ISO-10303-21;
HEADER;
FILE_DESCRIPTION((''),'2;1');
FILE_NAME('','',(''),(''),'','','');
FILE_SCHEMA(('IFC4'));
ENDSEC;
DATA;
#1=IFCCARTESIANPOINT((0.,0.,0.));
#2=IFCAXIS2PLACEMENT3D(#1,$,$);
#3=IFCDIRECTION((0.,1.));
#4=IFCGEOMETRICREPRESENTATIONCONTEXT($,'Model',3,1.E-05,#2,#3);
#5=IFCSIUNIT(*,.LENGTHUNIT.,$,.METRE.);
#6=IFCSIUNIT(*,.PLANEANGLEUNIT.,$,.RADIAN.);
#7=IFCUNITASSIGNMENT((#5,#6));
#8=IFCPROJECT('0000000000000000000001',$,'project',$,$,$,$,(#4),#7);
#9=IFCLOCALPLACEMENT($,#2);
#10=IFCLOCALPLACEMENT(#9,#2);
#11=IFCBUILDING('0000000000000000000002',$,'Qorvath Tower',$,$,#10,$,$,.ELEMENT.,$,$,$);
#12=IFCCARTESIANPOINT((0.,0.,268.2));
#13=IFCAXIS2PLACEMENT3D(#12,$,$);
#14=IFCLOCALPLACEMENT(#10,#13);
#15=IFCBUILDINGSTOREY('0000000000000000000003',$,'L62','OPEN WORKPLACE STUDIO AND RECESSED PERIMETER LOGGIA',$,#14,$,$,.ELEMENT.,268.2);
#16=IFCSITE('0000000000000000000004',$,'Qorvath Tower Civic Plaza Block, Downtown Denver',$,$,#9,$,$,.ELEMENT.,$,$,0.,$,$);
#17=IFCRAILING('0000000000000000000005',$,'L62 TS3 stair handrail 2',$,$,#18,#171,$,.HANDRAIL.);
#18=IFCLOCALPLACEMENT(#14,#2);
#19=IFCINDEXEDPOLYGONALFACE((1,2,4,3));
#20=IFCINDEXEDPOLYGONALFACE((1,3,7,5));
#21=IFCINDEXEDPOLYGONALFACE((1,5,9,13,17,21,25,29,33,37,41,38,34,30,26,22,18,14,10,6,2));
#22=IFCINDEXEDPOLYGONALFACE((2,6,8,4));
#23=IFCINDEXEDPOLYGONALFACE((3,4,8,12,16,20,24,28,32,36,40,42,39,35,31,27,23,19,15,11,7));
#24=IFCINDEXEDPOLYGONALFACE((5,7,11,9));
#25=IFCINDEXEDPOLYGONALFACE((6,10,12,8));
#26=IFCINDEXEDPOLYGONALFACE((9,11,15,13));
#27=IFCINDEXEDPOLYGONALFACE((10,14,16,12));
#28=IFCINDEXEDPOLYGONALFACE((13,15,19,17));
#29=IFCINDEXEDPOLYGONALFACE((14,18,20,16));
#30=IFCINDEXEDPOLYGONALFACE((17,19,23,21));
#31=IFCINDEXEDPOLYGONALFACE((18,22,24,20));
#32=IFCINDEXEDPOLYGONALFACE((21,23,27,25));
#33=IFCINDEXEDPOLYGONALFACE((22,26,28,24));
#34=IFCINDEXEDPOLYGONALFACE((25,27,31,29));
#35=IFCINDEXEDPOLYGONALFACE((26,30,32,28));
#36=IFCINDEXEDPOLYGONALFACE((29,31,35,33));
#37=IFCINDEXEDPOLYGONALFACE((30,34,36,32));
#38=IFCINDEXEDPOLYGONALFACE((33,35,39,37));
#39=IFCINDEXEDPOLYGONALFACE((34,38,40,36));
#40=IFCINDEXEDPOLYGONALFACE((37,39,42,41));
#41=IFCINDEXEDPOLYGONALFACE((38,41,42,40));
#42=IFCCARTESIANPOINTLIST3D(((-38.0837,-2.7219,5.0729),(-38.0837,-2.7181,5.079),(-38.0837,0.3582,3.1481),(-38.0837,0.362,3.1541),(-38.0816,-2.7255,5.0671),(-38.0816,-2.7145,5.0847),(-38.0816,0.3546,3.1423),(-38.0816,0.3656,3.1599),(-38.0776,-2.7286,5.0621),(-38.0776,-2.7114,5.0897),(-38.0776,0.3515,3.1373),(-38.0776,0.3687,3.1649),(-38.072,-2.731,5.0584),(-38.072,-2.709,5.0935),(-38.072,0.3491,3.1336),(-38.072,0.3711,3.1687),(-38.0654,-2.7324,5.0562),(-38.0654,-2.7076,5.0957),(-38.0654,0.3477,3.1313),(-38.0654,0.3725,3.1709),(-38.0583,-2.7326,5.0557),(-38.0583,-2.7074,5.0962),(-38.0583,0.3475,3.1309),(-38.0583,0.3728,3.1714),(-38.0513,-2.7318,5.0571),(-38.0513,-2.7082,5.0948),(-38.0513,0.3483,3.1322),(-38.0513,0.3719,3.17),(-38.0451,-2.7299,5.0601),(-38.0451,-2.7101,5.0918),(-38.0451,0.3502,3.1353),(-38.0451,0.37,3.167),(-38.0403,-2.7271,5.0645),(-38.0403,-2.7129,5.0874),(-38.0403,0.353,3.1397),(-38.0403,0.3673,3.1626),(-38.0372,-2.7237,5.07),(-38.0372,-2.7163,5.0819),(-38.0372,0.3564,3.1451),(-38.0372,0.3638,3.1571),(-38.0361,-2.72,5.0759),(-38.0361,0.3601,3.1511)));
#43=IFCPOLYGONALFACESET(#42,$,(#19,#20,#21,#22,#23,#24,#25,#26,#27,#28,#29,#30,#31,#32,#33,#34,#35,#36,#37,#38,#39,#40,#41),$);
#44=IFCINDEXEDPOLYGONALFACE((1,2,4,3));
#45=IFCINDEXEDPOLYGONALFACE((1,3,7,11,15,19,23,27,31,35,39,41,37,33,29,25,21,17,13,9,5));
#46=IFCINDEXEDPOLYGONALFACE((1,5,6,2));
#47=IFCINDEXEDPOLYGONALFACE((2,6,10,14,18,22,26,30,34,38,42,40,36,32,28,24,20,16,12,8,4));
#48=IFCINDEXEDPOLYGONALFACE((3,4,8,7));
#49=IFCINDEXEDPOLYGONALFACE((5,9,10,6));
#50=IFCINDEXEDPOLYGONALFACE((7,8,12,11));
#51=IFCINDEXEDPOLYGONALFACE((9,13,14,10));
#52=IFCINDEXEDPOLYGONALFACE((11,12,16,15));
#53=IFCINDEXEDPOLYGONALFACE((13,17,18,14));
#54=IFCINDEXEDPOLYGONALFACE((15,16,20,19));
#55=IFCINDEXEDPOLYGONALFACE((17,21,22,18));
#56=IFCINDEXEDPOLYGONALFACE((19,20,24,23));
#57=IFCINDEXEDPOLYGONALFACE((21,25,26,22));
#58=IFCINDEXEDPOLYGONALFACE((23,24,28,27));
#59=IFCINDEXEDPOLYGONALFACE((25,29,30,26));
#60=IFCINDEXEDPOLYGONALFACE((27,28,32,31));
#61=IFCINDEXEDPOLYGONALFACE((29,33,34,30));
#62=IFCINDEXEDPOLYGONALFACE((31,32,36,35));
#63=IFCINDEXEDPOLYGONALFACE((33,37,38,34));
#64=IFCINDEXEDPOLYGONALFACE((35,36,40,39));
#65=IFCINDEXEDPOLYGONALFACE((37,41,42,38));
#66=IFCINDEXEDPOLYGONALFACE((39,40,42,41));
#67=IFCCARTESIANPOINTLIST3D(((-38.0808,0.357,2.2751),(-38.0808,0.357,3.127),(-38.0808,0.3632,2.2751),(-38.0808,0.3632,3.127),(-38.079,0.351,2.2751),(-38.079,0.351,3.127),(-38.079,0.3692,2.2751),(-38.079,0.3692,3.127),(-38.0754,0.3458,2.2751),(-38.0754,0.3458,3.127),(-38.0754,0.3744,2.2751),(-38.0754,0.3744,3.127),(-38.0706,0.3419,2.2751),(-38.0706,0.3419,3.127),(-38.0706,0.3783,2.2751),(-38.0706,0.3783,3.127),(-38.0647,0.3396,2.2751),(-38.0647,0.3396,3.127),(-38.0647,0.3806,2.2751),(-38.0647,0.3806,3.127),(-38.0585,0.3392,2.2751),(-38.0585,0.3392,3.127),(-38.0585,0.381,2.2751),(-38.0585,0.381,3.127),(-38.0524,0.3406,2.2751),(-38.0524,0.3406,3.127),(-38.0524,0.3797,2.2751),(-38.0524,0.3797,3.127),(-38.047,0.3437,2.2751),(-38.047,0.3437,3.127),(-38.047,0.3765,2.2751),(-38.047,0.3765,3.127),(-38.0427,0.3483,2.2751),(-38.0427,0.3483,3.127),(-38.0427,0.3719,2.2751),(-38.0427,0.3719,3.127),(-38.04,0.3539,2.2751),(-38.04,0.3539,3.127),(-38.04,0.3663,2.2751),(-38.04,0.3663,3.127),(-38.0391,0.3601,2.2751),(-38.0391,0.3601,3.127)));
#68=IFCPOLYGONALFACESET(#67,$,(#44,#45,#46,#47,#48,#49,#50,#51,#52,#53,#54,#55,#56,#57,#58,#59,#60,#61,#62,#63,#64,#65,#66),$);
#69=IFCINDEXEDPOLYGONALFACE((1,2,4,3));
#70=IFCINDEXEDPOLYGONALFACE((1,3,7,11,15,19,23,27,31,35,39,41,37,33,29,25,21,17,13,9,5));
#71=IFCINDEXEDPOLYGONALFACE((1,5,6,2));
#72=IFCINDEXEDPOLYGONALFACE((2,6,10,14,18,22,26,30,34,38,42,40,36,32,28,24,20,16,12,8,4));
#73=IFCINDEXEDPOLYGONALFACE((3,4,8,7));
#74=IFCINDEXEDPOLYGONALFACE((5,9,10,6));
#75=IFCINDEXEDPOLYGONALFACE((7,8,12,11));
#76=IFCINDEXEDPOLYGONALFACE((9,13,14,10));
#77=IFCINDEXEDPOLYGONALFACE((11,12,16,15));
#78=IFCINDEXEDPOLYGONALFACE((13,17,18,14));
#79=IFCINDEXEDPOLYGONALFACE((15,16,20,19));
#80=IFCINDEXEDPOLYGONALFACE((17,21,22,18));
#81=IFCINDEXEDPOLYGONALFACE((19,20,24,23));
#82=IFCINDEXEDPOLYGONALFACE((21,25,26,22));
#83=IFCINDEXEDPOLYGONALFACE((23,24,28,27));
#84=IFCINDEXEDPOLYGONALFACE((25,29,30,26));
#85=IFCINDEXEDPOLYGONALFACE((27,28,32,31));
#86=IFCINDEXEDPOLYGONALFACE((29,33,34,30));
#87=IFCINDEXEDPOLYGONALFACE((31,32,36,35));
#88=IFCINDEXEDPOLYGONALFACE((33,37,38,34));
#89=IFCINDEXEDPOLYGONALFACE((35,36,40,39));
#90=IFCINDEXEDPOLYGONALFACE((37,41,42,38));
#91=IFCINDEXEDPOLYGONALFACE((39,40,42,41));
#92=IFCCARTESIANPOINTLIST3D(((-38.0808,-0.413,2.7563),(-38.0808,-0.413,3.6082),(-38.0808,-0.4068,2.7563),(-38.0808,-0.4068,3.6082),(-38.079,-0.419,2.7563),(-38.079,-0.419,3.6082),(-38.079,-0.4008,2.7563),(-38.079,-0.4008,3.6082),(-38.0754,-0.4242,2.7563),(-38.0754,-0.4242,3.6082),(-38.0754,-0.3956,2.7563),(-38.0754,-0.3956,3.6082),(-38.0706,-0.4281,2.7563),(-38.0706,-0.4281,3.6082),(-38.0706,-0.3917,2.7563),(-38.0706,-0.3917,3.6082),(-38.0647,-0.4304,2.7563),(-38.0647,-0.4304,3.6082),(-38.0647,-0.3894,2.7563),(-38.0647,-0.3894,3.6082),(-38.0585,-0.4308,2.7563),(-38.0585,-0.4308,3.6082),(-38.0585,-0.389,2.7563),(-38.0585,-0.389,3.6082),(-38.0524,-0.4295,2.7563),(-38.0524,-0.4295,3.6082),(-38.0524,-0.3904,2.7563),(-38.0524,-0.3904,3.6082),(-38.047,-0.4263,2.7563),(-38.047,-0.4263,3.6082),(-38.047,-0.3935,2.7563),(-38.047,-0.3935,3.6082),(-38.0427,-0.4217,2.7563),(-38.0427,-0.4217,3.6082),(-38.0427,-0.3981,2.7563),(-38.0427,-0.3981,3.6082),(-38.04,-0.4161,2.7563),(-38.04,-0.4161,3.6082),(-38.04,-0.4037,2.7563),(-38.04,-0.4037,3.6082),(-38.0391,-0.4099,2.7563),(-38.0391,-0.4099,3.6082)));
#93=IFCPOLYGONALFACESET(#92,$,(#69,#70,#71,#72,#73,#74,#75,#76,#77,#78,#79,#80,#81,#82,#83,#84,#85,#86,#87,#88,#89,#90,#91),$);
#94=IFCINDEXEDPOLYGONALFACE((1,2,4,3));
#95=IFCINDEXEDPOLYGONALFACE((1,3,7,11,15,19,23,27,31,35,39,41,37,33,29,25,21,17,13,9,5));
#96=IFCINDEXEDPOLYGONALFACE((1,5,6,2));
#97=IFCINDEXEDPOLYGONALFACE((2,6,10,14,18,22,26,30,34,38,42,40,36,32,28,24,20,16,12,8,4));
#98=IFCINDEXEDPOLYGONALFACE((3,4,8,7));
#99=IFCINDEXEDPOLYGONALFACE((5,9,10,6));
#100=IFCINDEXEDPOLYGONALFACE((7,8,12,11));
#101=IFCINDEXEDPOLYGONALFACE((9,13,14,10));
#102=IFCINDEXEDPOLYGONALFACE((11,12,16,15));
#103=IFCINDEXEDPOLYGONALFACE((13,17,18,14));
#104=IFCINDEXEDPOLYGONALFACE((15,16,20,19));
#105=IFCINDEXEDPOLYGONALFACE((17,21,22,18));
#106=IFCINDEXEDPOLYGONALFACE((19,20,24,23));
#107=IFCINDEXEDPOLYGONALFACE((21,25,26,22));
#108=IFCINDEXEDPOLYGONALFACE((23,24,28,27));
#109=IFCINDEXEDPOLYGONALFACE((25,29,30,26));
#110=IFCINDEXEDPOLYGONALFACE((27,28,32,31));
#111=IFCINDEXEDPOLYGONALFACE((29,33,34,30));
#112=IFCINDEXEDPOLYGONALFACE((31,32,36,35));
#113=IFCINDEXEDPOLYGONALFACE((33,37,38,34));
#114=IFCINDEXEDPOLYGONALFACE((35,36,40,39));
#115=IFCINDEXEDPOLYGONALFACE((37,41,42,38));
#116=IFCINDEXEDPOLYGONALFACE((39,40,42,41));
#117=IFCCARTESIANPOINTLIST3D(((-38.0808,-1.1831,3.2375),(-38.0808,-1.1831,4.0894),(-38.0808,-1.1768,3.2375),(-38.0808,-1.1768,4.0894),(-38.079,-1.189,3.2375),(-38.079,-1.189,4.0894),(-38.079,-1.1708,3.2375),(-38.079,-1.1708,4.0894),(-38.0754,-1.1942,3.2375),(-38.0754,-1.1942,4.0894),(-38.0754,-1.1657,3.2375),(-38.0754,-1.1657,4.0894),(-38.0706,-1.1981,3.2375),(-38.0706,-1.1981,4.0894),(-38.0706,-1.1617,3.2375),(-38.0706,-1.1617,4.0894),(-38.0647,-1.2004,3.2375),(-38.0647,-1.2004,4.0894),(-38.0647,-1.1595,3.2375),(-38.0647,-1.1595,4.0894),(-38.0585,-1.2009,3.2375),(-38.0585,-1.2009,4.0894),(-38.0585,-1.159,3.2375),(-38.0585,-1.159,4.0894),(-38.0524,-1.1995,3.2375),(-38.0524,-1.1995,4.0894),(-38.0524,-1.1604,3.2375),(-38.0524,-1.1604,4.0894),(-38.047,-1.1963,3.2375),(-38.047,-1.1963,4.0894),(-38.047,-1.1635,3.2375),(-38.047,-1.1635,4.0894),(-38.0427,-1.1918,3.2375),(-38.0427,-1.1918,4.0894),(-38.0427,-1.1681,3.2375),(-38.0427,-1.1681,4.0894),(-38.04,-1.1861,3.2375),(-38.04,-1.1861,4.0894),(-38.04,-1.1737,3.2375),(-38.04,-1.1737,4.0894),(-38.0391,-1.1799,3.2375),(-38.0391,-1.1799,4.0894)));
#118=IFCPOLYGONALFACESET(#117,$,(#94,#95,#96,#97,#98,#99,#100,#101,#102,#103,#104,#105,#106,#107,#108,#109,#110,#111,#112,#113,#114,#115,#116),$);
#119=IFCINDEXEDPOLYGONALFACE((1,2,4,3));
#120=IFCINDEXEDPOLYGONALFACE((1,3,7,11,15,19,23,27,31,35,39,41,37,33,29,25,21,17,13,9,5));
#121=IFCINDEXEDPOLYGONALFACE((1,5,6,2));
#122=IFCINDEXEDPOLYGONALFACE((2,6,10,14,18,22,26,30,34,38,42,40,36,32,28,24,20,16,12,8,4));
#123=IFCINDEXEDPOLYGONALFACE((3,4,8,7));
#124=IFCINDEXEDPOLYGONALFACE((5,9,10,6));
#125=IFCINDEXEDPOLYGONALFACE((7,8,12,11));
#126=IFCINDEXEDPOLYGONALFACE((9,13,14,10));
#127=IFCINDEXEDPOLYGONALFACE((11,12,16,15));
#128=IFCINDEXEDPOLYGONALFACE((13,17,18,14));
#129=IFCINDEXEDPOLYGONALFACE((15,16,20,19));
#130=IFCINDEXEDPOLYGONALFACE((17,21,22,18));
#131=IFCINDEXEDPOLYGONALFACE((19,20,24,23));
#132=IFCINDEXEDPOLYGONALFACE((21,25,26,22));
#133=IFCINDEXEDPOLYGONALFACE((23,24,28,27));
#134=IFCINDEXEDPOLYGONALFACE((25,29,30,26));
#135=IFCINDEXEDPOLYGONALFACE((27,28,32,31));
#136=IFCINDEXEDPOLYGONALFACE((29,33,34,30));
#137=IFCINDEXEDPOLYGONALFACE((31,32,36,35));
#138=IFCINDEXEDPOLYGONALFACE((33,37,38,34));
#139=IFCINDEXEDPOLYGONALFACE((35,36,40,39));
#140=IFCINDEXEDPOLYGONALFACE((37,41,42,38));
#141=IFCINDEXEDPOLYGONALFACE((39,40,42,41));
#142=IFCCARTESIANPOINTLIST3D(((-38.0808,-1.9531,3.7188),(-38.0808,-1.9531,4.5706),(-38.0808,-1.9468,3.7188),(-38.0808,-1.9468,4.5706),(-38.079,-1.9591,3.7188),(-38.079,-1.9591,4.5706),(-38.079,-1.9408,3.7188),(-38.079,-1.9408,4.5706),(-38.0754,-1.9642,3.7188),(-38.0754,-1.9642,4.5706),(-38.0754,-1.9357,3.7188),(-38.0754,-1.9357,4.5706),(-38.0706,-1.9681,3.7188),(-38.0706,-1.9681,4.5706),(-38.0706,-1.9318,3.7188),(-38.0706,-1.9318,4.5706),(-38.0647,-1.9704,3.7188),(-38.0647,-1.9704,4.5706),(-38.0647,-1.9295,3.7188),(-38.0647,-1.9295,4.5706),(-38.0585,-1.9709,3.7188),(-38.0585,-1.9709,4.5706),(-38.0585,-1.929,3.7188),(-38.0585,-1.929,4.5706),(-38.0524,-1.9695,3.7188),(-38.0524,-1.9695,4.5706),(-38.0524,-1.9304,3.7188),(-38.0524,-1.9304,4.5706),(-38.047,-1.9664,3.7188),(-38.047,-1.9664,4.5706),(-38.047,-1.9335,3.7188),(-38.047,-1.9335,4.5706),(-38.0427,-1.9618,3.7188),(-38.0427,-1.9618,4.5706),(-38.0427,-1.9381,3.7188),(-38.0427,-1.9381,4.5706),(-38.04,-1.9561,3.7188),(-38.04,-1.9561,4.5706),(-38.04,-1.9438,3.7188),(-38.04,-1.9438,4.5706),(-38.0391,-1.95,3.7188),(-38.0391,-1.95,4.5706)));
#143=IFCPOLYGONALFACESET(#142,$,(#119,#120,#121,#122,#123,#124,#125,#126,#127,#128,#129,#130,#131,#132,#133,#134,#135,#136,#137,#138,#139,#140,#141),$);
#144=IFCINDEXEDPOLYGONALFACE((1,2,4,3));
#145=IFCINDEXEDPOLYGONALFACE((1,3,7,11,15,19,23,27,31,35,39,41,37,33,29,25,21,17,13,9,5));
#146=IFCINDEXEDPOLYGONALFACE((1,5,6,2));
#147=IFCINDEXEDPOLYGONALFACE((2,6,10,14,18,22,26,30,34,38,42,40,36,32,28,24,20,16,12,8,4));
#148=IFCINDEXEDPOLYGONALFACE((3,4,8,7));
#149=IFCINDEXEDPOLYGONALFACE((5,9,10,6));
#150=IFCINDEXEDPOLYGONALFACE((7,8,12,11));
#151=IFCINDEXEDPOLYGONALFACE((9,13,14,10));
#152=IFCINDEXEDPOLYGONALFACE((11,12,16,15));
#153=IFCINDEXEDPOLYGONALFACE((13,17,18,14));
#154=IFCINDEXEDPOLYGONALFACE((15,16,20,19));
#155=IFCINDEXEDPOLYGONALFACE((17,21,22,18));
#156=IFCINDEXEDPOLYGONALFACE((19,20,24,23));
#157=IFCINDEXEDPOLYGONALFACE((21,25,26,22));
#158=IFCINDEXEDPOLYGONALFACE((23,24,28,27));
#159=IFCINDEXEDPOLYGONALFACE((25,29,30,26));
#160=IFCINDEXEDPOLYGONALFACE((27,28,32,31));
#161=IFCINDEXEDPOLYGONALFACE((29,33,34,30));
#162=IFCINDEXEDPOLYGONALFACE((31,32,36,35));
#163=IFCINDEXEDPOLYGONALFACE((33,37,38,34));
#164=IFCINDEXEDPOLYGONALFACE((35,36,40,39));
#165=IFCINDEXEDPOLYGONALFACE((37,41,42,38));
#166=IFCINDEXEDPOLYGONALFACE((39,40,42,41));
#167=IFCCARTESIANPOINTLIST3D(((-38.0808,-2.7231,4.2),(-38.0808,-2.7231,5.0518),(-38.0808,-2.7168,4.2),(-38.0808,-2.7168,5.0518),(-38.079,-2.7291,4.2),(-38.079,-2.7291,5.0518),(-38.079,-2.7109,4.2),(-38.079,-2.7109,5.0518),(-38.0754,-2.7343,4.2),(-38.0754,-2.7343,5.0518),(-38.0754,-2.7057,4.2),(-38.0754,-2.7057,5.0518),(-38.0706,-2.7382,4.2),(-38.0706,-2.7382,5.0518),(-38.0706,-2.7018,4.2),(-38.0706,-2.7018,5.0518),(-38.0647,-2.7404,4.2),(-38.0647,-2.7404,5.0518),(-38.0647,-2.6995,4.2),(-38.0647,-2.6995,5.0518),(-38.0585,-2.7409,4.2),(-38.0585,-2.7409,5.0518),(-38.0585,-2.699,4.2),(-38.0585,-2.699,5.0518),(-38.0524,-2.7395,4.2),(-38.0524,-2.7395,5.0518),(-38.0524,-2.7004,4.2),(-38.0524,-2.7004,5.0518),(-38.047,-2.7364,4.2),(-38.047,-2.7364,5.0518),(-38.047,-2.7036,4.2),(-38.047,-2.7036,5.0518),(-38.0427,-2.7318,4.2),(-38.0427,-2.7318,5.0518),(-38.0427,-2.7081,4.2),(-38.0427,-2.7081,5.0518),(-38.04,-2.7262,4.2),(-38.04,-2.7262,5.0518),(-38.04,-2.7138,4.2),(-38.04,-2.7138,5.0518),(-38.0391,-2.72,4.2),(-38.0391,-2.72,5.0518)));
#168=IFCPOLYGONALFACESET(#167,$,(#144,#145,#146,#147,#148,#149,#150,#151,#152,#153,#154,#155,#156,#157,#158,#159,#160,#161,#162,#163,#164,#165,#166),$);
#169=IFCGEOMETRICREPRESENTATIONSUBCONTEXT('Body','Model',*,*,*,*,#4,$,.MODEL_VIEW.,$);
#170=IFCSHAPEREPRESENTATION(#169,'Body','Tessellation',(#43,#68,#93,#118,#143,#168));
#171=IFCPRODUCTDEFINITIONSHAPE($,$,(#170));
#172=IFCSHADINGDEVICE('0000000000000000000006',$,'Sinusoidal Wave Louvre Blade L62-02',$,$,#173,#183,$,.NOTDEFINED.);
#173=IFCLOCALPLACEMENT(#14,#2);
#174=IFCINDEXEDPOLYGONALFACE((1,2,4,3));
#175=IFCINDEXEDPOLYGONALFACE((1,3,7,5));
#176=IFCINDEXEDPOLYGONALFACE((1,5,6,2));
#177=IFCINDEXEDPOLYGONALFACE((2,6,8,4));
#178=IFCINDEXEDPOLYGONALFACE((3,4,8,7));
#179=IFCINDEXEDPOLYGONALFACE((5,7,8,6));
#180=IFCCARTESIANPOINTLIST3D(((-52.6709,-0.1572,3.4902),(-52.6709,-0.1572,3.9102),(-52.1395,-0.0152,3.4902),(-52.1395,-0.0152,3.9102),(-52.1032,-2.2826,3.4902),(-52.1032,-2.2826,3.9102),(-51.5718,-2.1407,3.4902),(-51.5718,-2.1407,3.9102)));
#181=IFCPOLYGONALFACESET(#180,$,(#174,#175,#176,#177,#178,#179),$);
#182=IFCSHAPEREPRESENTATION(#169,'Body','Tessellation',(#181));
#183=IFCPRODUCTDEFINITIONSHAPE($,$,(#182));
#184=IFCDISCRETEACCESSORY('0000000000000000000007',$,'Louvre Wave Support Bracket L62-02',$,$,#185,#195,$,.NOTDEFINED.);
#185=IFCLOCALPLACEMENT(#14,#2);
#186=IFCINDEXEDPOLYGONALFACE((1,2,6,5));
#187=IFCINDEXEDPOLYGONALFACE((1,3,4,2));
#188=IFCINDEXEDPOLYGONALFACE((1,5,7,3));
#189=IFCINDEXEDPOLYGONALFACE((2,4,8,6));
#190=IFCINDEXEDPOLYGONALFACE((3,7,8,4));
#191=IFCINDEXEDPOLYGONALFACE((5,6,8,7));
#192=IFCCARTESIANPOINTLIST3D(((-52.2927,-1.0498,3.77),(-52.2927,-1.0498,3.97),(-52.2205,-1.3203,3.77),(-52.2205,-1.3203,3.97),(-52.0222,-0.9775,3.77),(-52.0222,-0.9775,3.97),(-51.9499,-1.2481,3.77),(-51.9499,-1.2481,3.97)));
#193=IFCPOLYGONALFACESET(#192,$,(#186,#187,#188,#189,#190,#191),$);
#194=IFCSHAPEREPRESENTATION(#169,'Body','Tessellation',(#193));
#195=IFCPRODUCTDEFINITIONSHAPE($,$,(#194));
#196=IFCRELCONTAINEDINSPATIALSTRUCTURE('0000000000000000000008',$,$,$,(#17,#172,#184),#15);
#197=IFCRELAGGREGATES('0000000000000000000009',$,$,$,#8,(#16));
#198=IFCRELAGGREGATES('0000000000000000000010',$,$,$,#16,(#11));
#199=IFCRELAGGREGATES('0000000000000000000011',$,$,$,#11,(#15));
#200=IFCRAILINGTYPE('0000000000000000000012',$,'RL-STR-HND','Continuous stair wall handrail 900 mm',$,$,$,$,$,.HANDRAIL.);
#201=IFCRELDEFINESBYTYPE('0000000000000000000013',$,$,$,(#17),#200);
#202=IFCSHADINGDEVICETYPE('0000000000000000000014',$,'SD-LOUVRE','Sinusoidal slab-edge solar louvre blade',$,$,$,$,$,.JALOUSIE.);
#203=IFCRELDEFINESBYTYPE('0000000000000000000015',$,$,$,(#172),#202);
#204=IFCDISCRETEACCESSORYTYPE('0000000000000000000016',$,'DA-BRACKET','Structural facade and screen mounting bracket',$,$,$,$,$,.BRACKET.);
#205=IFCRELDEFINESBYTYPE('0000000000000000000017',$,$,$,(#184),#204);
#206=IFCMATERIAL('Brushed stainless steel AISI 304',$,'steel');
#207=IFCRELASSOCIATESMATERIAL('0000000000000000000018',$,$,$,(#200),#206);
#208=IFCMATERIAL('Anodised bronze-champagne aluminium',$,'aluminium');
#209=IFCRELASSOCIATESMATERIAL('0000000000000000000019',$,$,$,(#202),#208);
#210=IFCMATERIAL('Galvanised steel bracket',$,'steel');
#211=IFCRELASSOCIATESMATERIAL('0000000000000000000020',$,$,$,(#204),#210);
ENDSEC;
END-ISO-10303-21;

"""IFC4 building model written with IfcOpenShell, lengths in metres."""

from ifc_helpers import new_model, si_unit, direction, frame, origin, origin_2d, place, context, subcontext, project, spatial, rectangle, circle, extrude, material, type_object, element, save


model = new_model("IFC4")

# Units and contexts
model_context = context("Model", 3, precision=1e-05, world=origin(), true_north=direction((0.0, 1.0)))
body_context = subcontext(model_context, "Body", "Model", "MODEL_VIEW")
ifc_project = project(units=[si_unit("LENGTHUNIT", "METRE"), si_unit("PLANEANGLEUNIT", "RADIAN")], contexts=[model_context])

# Site, building, storey
site_placement = place(None, origin())
site = spatial("IfcSite", under=ifc_project, at=site_placement, Name="Qorvath Tower Civic Plaza Block, Downtown Denver", CompositionType="ELEMENT", RefElevation=0.0)
building_placement = place(site_placement, origin())
building = spatial("IfcBuilding", under=site, at=building_placement, Name="Qorvath Tower", CompositionType="ELEMENT")
storey_placement = place(building_placement, frame((0.0, 0.0, 268.2)))
storey = spatial("IfcBuildingStorey", under=building, at=storey_placement, Name="L62", Description="OPEN WORKPLACE STUDIO AND RECESSED PERIMETER LOGGIA", CompositionType="ELEMENT", Elevation=268.2)

# Railing
ifc_material_1 = material(Name="Brushed stainless steel AISI 304", Category="steel")
railing_type = type_object("IfcRailingType", Name="RL-STR-HND", Description="Continuous stair wall handrail 900 mm", PredefinedType="HANDRAIL", material=ifc_material_1)
railing_placement = place(storey_placement, frame((-38.0601, 0.3601, 2.2751)))
element("IfcRailing", 1, at=railing_placement, inside=storey, type_object=railing_type, Name="L62 TS3 stair handrail 2", PredefinedType="HANDRAIL", context=body_context, shape_type="SweptSolid", body=[
    extrude(circle(Radius=0.0239, at=origin_2d()), frame((0.0, 0.0, 0.876), z_axis=(0.0, -0.848029, 0.529951), x_axis=(1.0, 0.0, 0.0)), (0.0, 0.0, 1.0), 3.6321),
    extrude(circle(Radius=0.021, at=origin_2d()), origin(), (0.0, 0.0, 1.0), 0.8518),
    extrude(circle(Radius=0.021, at=origin_2d()), frame((0.0, -0.77, 0.4812)), (0.0, 0.0, 1.0), 0.8518),
    extrude(circle(Radius=0.021, at=origin_2d()), frame((0.0, -1.54, 0.9624)), (0.0, 0.0, 1.0), 0.8518),
    extrude(circle(Radius=0.021, at=origin_2d()), frame((0.0, -2.3101, 1.4436)), (0.0, 0.0, 1.0), 0.8518),
    extrude(circle(Radius=0.021, at=origin_2d()), frame((0.0, -3.0801, 1.9248)), (0.0, 0.0, 1.0), 0.8518),
])

# Shading device
ifc_material_2 = material(Name="Anodised bronze-champagne aluminium", Category="aluminium")
shading_device_type = type_object("IfcShadingDeviceType", Name="SD-LOUVRE", Description="Sinusoidal slab-edge solar louvre blade", PredefinedType="JALOUSIE", material=ifc_material_2)
shading_device_placement = place(storey_placement, frame((-52.1213, -1.1489, 3.4902), z_axis=(0.0, 0.0, 1.0), x_axis=(0.258042, -0.966134, 0.0)))
element("IfcShadingDevice", 2, at=shading_device_placement, inside=storey, type_object=shading_device_type, Name="Sinusoidal Wave Louvre Blade L62-02", PredefinedType="NOTDEFINED", context=body_context, shape_type="SweptSolid", body=[
    extrude(rectangle(XDim=2.2, YDim=0.55, at=origin_2d()), origin(), (0.0, 0.0, 1.0), 0.4199),
])

# Discrete accessory
ifc_material_3 = material(Name="Galvanised steel bracket", Category="steel")
discrete_accessory_type = type_object("IfcDiscreteAccessoryType", Name="DA-BRACKET", Description="Structural facade and screen mounting bracket", PredefinedType="BRACKET", material=ifc_material_3)
discrete_accessory_placement = place(storey_placement, frame((-52.1213, -1.1489, 3.77), z_axis=(0.0, 0.0, 1.0), x_axis=(0.258042, -0.966134, 0.0)))
element("IfcDiscreteAccessory", 3, at=discrete_accessory_placement, inside=storey, type_object=discrete_accessory_type, Name="Louvre Wave Support Bracket L62-02", PredefinedType="NOTDEFINED", context=body_context, shape_type="SweptSolid", body=[
    extrude(rectangle(XDim=0.28, YDim=0.28, at=origin_2d()), origin(), (0.0, 0.0, 1.0), 0.2),
])

save(model, "model.ifc")
